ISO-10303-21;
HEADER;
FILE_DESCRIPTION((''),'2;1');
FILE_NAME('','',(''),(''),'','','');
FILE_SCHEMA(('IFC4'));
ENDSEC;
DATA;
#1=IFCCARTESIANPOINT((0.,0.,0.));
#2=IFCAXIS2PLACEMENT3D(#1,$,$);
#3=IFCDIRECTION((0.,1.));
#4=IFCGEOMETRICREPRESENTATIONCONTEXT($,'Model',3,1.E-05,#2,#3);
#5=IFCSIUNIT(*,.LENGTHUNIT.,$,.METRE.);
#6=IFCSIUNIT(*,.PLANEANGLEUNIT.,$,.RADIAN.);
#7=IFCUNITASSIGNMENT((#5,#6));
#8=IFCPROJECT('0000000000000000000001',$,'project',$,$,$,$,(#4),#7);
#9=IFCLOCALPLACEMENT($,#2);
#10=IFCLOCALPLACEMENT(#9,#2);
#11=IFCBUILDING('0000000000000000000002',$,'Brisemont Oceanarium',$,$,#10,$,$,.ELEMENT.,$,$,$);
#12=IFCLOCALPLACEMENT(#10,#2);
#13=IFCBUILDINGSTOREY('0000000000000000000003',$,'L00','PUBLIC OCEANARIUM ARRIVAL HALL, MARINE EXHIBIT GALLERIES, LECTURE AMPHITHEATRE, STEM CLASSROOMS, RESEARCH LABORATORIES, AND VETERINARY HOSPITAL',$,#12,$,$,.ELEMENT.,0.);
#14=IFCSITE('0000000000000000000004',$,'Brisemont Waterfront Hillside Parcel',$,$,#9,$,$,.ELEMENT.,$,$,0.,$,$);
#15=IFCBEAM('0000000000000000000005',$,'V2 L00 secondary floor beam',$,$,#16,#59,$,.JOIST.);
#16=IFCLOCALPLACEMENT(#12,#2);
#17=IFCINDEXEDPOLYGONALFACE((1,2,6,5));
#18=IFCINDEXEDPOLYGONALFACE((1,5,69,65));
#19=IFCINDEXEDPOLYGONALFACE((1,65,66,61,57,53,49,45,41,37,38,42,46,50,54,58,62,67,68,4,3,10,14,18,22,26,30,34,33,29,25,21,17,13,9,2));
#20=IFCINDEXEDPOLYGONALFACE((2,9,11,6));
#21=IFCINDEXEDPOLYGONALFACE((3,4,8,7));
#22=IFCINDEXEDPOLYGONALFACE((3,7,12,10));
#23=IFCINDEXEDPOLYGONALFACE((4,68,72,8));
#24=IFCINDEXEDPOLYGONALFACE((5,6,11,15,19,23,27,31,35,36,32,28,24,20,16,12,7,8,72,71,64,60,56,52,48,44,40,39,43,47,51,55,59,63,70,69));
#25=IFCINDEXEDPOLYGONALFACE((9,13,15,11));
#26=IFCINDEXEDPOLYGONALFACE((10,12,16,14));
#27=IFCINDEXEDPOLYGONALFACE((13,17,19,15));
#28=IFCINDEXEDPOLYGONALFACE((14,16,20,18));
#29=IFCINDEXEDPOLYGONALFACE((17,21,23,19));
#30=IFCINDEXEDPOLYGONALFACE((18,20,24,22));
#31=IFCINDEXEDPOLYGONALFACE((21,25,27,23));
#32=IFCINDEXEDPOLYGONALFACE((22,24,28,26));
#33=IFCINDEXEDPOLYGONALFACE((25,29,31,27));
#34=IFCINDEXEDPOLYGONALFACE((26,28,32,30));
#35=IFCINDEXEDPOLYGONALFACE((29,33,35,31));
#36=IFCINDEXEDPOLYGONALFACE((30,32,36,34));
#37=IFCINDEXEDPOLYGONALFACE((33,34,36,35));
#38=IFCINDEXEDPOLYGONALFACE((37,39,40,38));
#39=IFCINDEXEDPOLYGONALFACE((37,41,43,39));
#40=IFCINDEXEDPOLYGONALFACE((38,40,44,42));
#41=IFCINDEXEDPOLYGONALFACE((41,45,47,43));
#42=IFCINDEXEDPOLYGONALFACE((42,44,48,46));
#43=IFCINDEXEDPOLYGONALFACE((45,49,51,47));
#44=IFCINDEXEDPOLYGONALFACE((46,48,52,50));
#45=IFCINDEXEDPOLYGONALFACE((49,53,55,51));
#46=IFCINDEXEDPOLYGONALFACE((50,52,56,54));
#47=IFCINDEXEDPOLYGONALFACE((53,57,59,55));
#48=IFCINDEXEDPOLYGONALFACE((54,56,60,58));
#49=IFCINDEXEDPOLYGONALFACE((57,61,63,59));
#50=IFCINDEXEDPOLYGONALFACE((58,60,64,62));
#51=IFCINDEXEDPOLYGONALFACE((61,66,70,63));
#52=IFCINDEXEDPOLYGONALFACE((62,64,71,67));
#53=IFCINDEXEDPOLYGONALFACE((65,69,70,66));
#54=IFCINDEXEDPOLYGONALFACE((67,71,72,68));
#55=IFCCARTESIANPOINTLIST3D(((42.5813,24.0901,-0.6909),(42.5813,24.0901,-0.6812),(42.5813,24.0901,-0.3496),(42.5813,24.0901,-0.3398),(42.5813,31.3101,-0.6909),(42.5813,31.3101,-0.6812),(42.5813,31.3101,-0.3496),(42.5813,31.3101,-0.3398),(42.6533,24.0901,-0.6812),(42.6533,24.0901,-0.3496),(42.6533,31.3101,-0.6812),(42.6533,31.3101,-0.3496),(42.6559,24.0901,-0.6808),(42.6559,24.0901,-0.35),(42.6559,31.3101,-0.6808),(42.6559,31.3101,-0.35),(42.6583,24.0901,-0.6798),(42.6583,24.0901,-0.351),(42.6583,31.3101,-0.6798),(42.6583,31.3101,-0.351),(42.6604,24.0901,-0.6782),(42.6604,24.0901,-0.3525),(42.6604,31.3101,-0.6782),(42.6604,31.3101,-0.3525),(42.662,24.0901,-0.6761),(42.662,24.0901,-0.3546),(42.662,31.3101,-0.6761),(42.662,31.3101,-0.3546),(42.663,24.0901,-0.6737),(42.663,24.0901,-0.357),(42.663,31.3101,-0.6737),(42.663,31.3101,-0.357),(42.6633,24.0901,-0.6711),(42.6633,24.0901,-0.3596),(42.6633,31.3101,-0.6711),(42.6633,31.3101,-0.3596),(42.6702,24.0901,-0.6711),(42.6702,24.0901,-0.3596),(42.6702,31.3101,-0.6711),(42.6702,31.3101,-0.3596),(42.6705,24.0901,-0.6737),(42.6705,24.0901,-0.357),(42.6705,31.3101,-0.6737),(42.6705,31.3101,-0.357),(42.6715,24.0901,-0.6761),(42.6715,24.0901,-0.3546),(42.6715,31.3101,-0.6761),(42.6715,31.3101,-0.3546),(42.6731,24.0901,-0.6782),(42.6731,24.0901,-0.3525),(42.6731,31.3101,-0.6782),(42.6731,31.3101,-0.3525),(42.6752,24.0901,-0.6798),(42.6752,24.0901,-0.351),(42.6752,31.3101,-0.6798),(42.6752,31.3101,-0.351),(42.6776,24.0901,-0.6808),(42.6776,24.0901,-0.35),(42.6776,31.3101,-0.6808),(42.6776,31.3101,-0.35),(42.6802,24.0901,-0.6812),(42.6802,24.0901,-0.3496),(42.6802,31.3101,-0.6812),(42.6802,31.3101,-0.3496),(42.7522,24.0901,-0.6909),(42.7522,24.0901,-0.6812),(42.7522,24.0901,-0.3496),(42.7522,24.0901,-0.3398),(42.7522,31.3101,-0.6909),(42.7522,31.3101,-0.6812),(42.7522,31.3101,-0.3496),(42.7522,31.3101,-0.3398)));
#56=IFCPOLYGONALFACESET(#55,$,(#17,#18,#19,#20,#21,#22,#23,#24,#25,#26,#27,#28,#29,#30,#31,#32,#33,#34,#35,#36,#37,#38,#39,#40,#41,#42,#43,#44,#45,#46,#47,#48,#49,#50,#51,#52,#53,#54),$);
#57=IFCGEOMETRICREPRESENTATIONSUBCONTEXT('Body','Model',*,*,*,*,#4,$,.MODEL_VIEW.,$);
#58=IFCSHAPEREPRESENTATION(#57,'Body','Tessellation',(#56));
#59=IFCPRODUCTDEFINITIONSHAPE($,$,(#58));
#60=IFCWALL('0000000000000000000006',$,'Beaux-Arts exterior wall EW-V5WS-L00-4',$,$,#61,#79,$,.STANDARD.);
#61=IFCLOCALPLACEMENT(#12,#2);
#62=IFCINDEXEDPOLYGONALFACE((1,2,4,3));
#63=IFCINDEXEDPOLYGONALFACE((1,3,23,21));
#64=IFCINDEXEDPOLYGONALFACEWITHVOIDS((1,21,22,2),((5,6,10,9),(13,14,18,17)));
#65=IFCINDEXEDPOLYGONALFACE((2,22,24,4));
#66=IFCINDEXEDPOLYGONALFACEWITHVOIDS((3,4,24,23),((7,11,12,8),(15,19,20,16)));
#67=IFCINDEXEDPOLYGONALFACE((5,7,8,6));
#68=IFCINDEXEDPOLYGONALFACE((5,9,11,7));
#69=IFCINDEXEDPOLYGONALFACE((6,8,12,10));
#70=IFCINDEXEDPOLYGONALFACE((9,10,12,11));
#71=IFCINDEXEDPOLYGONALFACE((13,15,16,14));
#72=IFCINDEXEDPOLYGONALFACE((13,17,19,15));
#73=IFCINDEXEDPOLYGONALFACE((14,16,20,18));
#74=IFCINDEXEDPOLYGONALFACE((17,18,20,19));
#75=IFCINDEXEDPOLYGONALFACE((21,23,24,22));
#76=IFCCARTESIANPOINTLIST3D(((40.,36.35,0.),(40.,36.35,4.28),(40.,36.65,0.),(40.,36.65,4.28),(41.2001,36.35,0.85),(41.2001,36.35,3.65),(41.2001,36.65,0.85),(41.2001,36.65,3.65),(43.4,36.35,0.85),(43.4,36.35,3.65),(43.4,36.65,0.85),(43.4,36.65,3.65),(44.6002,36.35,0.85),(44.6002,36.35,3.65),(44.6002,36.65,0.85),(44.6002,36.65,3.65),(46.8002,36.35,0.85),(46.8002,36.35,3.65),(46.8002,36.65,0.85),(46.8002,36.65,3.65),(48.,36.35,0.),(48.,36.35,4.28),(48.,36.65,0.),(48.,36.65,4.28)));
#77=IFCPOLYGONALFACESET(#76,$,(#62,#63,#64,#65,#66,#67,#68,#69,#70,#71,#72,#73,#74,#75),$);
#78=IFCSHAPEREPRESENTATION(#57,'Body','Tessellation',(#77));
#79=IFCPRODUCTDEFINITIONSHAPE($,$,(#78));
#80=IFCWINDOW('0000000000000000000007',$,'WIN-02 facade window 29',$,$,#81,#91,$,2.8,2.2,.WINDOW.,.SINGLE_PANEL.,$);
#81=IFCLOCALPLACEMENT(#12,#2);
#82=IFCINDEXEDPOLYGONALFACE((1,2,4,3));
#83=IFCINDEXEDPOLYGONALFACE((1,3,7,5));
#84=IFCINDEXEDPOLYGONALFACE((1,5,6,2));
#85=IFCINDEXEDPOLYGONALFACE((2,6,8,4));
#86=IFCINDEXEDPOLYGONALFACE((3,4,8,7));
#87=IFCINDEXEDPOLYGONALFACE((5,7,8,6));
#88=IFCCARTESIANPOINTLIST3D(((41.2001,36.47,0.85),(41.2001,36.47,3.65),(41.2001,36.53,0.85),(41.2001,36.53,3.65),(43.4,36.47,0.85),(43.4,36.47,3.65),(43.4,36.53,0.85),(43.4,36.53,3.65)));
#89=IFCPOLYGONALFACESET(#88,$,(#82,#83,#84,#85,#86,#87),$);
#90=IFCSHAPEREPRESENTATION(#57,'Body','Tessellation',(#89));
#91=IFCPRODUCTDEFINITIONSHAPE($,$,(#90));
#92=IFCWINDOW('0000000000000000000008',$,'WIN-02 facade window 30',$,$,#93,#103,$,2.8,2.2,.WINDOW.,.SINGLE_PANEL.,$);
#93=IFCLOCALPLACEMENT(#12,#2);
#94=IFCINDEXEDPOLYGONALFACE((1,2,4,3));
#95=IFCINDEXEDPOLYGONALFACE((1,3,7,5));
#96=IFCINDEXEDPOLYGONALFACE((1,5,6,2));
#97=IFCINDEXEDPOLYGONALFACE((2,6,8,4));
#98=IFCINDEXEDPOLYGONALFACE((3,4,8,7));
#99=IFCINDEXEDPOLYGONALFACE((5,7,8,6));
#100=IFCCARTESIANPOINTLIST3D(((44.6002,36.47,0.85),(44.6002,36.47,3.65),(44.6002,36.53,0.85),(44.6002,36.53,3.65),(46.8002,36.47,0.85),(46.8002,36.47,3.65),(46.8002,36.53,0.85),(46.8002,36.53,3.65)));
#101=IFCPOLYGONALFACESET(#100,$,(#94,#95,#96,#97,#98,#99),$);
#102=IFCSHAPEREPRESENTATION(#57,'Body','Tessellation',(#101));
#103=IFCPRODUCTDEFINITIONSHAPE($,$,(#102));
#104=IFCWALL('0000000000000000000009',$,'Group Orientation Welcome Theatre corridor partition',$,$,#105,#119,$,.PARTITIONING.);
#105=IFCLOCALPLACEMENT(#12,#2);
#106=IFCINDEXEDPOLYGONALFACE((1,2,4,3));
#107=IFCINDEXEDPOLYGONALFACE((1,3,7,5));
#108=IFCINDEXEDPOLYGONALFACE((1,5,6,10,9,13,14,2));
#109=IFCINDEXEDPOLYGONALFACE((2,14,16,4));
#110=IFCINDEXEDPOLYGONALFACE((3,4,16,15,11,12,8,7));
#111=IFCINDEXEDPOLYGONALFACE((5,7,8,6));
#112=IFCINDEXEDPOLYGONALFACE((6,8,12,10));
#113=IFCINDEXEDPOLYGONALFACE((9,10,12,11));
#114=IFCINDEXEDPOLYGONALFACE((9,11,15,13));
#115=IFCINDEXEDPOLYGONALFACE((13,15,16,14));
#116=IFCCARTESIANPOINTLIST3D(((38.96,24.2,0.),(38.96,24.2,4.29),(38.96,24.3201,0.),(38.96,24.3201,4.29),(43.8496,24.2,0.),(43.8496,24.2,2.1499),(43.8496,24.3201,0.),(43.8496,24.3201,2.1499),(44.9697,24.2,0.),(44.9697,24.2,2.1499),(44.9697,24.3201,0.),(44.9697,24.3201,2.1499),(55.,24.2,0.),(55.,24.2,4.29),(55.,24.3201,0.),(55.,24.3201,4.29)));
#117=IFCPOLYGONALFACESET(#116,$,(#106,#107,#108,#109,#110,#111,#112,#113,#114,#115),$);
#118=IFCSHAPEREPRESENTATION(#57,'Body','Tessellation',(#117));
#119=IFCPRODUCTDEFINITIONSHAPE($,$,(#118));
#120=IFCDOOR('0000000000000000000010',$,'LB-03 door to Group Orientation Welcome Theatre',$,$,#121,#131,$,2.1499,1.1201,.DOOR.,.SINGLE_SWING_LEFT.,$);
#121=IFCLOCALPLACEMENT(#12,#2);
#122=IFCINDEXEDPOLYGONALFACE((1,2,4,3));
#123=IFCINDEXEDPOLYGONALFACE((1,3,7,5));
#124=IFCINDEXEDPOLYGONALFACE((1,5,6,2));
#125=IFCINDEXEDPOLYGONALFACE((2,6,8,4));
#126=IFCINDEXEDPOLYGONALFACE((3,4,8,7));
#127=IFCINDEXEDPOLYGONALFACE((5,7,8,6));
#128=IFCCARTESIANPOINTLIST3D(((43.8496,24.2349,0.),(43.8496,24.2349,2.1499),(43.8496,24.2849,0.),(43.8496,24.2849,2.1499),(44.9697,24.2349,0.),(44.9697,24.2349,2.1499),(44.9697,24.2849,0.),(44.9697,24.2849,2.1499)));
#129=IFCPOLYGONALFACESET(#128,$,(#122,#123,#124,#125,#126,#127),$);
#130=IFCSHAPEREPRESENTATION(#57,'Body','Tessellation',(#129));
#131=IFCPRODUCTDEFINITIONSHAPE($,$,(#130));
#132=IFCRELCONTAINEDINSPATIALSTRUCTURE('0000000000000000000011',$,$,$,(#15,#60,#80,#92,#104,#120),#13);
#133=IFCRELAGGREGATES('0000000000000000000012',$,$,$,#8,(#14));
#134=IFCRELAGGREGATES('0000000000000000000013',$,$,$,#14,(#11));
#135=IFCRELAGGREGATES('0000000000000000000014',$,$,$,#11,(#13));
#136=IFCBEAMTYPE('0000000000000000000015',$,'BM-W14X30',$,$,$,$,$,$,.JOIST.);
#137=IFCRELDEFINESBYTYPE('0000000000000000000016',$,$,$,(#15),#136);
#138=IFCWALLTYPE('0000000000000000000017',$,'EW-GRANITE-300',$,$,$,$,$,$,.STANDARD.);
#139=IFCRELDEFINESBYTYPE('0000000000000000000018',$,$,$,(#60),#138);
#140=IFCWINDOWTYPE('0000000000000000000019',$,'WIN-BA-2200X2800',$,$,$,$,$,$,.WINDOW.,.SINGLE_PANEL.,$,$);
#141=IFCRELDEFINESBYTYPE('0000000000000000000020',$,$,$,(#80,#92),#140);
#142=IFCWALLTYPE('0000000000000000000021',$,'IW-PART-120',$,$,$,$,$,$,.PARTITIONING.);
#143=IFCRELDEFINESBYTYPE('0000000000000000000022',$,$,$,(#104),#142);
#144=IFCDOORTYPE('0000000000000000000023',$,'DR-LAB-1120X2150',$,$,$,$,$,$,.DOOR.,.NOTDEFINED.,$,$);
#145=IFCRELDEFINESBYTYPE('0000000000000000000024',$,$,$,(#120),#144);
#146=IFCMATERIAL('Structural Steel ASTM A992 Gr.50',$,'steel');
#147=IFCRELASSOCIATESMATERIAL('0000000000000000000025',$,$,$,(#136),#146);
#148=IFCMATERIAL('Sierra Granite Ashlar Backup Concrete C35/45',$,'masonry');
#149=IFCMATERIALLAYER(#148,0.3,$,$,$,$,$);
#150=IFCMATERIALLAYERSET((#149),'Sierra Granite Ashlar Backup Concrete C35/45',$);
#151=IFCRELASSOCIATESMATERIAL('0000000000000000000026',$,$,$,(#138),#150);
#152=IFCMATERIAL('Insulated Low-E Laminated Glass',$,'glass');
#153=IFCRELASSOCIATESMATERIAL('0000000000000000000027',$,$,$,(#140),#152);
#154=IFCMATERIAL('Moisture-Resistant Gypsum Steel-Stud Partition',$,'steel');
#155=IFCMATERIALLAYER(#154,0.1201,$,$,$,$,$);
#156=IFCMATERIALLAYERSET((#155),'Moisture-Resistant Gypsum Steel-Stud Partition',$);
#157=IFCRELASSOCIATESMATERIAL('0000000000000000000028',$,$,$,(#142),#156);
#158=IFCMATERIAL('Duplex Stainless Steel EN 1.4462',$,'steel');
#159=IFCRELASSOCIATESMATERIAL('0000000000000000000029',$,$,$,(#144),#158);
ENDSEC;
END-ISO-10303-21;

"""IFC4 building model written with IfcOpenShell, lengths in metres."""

from ifc_helpers import new_model, si_unit, direction, frame, frame_2d, origin, origin_2d, place, context, subcontext, project, spatial, rectangle, i_section, extrude, material, layer, layer_set, material_profile, profile_set, type_object, element, fill, save


model = new_model("IFC4")

# Units and contexts
model_context = context("Model", 3, precision=1e-05, world=origin(), true_north=direction((0.0, 1.0)))
body_context = subcontext(model_context, "Body", "Model", "MODEL_VIEW")
ifc_project = project(units=[si_unit("LENGTHUNIT", "METRE"), si_unit("PLANEANGLEUNIT", "RADIAN")], contexts=[model_context])

# Site, building, storey
site_placement = place(None, origin())
site = spatial("IfcSite", under=ifc_project, at=site_placement, Name="Brisemont Waterfront Hillside Parcel", CompositionType="ELEMENT", RefElevation=0.0)
building_placement = place(site_placement, origin())
building = spatial("IfcBuilding", under=site, at=building_placement, Name="Brisemont Oceanarium", CompositionType="ELEMENT")
storey_placement = place(building_placement, origin())
storey = spatial("IfcBuildingStorey", under=building, at=storey_placement, Name="L00", Description="PUBLIC OCEANARIUM ARRIVAL HALL, MARINE EXHIBIT GALLERIES, LECTURE AMPHITHEATRE, STEM CLASSROOMS, RESEARCH LABORATORIES, AND VETERINARY HOSPITAL", CompositionType="ELEMENT", Elevation=0.0)

# Beam
ifc_material_1 = material(Name="Structural Steel ASTM A992 Gr.50", Category="steel")
ifc_material_profile_1 = material_profile(ifc_material_1, i_section(OverallWidth=0.1709, OverallDepth=0.3511, WebThickness=0.0068, FlangeThickness=0.0098, FilletRadius=0.01, at=origin_2d()), Name="W14X30")
ifc_profile_set_1 = profile_set([ifc_material_profile_1], Name="Structural Steel ASTM A992 Gr.50")
beam_type_1 = type_object("IfcBeamType", Name="BM-W14X30", PredefinedType="JOIST", material=ifc_profile_set_1)
for number, where, z_axis, x_axis, name in (
    (1, (42.6667, 24.0901, -0.5154), (0.0, 1.0, 0.0), (-1.0, 0.0, 0.0), "V2 L00 secondary floor beam"),
):
    element("IfcBeam", number, at=place(storey_placement, frame(where, z_axis=z_axis, x_axis=x_axis)), inside=storey, type_object=beam_type_1, Name=name, PredefinedType="JOIST", context=body_context, shape_type="SweptSolid", body=[
        extrude(i_section(OverallWidth=0.1709, OverallDepth=0.3511, WebThickness=0.0068, FlangeThickness=0.0098, FilletRadius=0.01, at=origin_2d()), origin(), (0.0, 0.0, 1.0), 7.22),
    ])

# Wall, openings, windows
ifc_material_2 = material(Name="Sierra Granite Ashlar Backup Concrete C35/45", Category="masonry")
ifc_layer_1 = layer(ifc_material_2, 0.3)
ifc_layer_set_1 = layer_set([ifc_layer_1], Name="Sierra Granite Ashlar Backup Concrete C35/45")
wall_type_1 = type_object("IfcWallType", Name="EW-GRANITE-300", PredefinedType="STANDARD", material=ifc_layer_set_1)
wall_1_placement = place(storey_placement, frame((40.0, 36.5, 0.0), z_axis=(0.0, 0.0, 1.0), x_axis=(1.0, 0.0, 0.0)))
wall_1 = element("IfcWall", 2, at=wall_1_placement, inside=storey, type_object=wall_type_1, Name="Beaux-Arts exterior wall EW-V5WS-L00-4", PredefinedType="STANDARD", context=body_context, shape_type="SweptSolid", body=[
    extrude(rectangle(XDim=8.0, YDim=0.3, at=frame_2d((4.0, 0.0))), origin(), (0.0, 0.0, 1.0), 4.28),
])
opening_1_placement = place(wall_1_placement, frame((1.2, 0.0, 0.8501)))
opening_1 = element("IfcOpeningElement", 3, at=opening_1_placement, cuts=wall_1, PredefinedType="OPENING", context=body_context, shape_type="SweptSolid", body=[
    extrude(rectangle(XDim=2.2, YDim=2.8, at=frame_2d((1.1001, 1.3999))), frame((0.0, 0.1599, 0.0), z_axis=(0.0, -1.0, 0.0), x_axis=(1.0, 0.0, 0.0)), (0.0, 0.0, 1.0), 0.3201),
])
opening_2_placement = place(wall_1_placement, frame((4.6001, 0.0, 0.8501)))
opening_2 = element("IfcOpeningElement", 4, at=opening_2_placement, cuts=wall_1, PredefinedType="OPENING", context=body_context, shape_type="SweptSolid", body=[
    extrude(rectangle(XDim=2.2, YDim=2.8, at=frame_2d((1.1001, 1.3999))), frame((0.0, 0.1599, 0.0), z_axis=(0.0, -1.0, 0.0), x_axis=(1.0, 0.0, 0.0)), (0.0, 0.0, 1.0), 0.3201),
])
ifc_material_3 = material(Name="Insulated Low-E Laminated Glass", Category="glass")
window_type = type_object("IfcWindowType", Name="WIN-BA-2200X2800", PartitioningType="SINGLE_PANEL", PredefinedType="WINDOW", material=ifc_material_3)
window_1_placement = place(opening_1_placement, origin())
window_1 = element("IfcWindow", 5, at=window_1_placement, inside=storey, type_object=window_type, Name="WIN-02 facade window 29", OverallHeight=2.8, OverallWidth=2.2, PartitioningType="SINGLE_PANEL", PredefinedType="WINDOW", context=body_context, shape_type="SweptSolid", body=[
    extrude(rectangle(XDim=2.2, YDim=2.8, at=frame_2d((1.1001, 1.3999))), frame((0.0, 0.03, 0.0), z_axis=(0.0, -1.0, 0.0), x_axis=(1.0, 0.0, 0.0)), (0.0, 0.0, 1.0), 0.0601),
])
fill(opening_1, window_1)
window_2_placement = place(opening_2_placement, origin())
window_2 = element("IfcWindow", 6, at=window_2_placement, inside=storey, type_object=window_type, Name="WIN-02 facade window 30", OverallHeight=2.8, OverallWidth=2.2, PartitioningType="SINGLE_PANEL", PredefinedType="WINDOW", context=body_context, shape_type="SweptSolid", body=[
    extrude(rectangle(XDim=2.2, YDim=2.8, at=frame_2d((1.1001, 1.3999))), frame((0.0, 0.03, 0.0), z_axis=(0.0, -1.0, 0.0), x_axis=(1.0, 0.0, 0.0)), (0.0, 0.0, 1.0), 0.0601),
])
fill(opening_2, window_2)

# Wall, opening, door
ifc_material_4 = material(Name="Moisture-Resistant Gypsum Steel-Stud Partition", Category="steel")
ifc_layer_2 = layer(ifc_material_4, 0.1201)
ifc_layer_set_2 = layer_set([ifc_layer_2], Name="Moisture-Resistant Gypsum Steel-Stud Partition")
wall_type_2 = type_object("IfcWallType", Name="IW-PART-120", PredefinedType="PARTITIONING", material=ifc_layer_set_2)
wall_2_placement = place(storey_placement, frame((38.96, 24.26, 0.0), z_axis=(0.0, 0.0, 1.0), x_axis=(1.0, 0.0, 0.0)))
wall_2 = element("IfcWall", 7, at=wall_2_placement, inside=storey, type_object=wall_type_2, Name="Group Orientation Welcome Theatre corridor partition", PredefinedType="PARTITIONING", context=body_context, shape_type="SweptSolid", body=[
    extrude(rectangle(XDim=16.04, YDim=0.1201, at=frame_2d((8.02, 0.0))), origin(), (0.0, 0.0, 1.0), 4.29),
])
opening_3_placement = place(wall_2_placement, frame((4.8896, 0.0, 0.0)))
opening_3 = element("IfcOpeningElement", 8, at=opening_3_placement, cuts=wall_2, PredefinedType="OPENING", context=body_context, shape_type="SweptSolid", body=[
    extrude(rectangle(XDim=1.1201, YDim=2.1499, at=frame_2d((0.5601, 1.075))), frame((0.0, 0.0701, 0.0), z_axis=(0.0, -1.0, 0.0), x_axis=(1.0, 0.0, 0.0)), (0.0, 0.0, 1.0), 0.1401),
])
ifc_material_5 = material(Name="Duplex Stainless Steel EN 1.4462", Category="steel")
door_type = type_object("IfcDoorType", Name="DR-LAB-1120X2150", OperationType="NOTDEFINED", PredefinedType="DOOR", material=ifc_material_5)
door_placement = place(opening_3_placement, origin())
door = element("IfcDoor", 9, at=door_placement, inside=storey, type_object=door_type, Name="LB-03 door to Group Orientation Welcome Theatre", OperationType="SINGLE_SWING_LEFT", OverallHeight=2.1499, OverallWidth=1.1201, PredefinedType="DOOR", context=body_context, shape_type="SweptSolid", body=[
    extrude(rectangle(XDim=1.1201, YDim=2.1499, at=frame_2d((0.5601, 1.075))), frame((0.0, 0.0249, 0.0), z_axis=(0.0, -1.0, 0.0), x_axis=(1.0, 0.0, 0.0)), (0.0, 0.0, 1.0), 0.05),
])
fill(opening_3, door)

save(model, "model.ifc")
